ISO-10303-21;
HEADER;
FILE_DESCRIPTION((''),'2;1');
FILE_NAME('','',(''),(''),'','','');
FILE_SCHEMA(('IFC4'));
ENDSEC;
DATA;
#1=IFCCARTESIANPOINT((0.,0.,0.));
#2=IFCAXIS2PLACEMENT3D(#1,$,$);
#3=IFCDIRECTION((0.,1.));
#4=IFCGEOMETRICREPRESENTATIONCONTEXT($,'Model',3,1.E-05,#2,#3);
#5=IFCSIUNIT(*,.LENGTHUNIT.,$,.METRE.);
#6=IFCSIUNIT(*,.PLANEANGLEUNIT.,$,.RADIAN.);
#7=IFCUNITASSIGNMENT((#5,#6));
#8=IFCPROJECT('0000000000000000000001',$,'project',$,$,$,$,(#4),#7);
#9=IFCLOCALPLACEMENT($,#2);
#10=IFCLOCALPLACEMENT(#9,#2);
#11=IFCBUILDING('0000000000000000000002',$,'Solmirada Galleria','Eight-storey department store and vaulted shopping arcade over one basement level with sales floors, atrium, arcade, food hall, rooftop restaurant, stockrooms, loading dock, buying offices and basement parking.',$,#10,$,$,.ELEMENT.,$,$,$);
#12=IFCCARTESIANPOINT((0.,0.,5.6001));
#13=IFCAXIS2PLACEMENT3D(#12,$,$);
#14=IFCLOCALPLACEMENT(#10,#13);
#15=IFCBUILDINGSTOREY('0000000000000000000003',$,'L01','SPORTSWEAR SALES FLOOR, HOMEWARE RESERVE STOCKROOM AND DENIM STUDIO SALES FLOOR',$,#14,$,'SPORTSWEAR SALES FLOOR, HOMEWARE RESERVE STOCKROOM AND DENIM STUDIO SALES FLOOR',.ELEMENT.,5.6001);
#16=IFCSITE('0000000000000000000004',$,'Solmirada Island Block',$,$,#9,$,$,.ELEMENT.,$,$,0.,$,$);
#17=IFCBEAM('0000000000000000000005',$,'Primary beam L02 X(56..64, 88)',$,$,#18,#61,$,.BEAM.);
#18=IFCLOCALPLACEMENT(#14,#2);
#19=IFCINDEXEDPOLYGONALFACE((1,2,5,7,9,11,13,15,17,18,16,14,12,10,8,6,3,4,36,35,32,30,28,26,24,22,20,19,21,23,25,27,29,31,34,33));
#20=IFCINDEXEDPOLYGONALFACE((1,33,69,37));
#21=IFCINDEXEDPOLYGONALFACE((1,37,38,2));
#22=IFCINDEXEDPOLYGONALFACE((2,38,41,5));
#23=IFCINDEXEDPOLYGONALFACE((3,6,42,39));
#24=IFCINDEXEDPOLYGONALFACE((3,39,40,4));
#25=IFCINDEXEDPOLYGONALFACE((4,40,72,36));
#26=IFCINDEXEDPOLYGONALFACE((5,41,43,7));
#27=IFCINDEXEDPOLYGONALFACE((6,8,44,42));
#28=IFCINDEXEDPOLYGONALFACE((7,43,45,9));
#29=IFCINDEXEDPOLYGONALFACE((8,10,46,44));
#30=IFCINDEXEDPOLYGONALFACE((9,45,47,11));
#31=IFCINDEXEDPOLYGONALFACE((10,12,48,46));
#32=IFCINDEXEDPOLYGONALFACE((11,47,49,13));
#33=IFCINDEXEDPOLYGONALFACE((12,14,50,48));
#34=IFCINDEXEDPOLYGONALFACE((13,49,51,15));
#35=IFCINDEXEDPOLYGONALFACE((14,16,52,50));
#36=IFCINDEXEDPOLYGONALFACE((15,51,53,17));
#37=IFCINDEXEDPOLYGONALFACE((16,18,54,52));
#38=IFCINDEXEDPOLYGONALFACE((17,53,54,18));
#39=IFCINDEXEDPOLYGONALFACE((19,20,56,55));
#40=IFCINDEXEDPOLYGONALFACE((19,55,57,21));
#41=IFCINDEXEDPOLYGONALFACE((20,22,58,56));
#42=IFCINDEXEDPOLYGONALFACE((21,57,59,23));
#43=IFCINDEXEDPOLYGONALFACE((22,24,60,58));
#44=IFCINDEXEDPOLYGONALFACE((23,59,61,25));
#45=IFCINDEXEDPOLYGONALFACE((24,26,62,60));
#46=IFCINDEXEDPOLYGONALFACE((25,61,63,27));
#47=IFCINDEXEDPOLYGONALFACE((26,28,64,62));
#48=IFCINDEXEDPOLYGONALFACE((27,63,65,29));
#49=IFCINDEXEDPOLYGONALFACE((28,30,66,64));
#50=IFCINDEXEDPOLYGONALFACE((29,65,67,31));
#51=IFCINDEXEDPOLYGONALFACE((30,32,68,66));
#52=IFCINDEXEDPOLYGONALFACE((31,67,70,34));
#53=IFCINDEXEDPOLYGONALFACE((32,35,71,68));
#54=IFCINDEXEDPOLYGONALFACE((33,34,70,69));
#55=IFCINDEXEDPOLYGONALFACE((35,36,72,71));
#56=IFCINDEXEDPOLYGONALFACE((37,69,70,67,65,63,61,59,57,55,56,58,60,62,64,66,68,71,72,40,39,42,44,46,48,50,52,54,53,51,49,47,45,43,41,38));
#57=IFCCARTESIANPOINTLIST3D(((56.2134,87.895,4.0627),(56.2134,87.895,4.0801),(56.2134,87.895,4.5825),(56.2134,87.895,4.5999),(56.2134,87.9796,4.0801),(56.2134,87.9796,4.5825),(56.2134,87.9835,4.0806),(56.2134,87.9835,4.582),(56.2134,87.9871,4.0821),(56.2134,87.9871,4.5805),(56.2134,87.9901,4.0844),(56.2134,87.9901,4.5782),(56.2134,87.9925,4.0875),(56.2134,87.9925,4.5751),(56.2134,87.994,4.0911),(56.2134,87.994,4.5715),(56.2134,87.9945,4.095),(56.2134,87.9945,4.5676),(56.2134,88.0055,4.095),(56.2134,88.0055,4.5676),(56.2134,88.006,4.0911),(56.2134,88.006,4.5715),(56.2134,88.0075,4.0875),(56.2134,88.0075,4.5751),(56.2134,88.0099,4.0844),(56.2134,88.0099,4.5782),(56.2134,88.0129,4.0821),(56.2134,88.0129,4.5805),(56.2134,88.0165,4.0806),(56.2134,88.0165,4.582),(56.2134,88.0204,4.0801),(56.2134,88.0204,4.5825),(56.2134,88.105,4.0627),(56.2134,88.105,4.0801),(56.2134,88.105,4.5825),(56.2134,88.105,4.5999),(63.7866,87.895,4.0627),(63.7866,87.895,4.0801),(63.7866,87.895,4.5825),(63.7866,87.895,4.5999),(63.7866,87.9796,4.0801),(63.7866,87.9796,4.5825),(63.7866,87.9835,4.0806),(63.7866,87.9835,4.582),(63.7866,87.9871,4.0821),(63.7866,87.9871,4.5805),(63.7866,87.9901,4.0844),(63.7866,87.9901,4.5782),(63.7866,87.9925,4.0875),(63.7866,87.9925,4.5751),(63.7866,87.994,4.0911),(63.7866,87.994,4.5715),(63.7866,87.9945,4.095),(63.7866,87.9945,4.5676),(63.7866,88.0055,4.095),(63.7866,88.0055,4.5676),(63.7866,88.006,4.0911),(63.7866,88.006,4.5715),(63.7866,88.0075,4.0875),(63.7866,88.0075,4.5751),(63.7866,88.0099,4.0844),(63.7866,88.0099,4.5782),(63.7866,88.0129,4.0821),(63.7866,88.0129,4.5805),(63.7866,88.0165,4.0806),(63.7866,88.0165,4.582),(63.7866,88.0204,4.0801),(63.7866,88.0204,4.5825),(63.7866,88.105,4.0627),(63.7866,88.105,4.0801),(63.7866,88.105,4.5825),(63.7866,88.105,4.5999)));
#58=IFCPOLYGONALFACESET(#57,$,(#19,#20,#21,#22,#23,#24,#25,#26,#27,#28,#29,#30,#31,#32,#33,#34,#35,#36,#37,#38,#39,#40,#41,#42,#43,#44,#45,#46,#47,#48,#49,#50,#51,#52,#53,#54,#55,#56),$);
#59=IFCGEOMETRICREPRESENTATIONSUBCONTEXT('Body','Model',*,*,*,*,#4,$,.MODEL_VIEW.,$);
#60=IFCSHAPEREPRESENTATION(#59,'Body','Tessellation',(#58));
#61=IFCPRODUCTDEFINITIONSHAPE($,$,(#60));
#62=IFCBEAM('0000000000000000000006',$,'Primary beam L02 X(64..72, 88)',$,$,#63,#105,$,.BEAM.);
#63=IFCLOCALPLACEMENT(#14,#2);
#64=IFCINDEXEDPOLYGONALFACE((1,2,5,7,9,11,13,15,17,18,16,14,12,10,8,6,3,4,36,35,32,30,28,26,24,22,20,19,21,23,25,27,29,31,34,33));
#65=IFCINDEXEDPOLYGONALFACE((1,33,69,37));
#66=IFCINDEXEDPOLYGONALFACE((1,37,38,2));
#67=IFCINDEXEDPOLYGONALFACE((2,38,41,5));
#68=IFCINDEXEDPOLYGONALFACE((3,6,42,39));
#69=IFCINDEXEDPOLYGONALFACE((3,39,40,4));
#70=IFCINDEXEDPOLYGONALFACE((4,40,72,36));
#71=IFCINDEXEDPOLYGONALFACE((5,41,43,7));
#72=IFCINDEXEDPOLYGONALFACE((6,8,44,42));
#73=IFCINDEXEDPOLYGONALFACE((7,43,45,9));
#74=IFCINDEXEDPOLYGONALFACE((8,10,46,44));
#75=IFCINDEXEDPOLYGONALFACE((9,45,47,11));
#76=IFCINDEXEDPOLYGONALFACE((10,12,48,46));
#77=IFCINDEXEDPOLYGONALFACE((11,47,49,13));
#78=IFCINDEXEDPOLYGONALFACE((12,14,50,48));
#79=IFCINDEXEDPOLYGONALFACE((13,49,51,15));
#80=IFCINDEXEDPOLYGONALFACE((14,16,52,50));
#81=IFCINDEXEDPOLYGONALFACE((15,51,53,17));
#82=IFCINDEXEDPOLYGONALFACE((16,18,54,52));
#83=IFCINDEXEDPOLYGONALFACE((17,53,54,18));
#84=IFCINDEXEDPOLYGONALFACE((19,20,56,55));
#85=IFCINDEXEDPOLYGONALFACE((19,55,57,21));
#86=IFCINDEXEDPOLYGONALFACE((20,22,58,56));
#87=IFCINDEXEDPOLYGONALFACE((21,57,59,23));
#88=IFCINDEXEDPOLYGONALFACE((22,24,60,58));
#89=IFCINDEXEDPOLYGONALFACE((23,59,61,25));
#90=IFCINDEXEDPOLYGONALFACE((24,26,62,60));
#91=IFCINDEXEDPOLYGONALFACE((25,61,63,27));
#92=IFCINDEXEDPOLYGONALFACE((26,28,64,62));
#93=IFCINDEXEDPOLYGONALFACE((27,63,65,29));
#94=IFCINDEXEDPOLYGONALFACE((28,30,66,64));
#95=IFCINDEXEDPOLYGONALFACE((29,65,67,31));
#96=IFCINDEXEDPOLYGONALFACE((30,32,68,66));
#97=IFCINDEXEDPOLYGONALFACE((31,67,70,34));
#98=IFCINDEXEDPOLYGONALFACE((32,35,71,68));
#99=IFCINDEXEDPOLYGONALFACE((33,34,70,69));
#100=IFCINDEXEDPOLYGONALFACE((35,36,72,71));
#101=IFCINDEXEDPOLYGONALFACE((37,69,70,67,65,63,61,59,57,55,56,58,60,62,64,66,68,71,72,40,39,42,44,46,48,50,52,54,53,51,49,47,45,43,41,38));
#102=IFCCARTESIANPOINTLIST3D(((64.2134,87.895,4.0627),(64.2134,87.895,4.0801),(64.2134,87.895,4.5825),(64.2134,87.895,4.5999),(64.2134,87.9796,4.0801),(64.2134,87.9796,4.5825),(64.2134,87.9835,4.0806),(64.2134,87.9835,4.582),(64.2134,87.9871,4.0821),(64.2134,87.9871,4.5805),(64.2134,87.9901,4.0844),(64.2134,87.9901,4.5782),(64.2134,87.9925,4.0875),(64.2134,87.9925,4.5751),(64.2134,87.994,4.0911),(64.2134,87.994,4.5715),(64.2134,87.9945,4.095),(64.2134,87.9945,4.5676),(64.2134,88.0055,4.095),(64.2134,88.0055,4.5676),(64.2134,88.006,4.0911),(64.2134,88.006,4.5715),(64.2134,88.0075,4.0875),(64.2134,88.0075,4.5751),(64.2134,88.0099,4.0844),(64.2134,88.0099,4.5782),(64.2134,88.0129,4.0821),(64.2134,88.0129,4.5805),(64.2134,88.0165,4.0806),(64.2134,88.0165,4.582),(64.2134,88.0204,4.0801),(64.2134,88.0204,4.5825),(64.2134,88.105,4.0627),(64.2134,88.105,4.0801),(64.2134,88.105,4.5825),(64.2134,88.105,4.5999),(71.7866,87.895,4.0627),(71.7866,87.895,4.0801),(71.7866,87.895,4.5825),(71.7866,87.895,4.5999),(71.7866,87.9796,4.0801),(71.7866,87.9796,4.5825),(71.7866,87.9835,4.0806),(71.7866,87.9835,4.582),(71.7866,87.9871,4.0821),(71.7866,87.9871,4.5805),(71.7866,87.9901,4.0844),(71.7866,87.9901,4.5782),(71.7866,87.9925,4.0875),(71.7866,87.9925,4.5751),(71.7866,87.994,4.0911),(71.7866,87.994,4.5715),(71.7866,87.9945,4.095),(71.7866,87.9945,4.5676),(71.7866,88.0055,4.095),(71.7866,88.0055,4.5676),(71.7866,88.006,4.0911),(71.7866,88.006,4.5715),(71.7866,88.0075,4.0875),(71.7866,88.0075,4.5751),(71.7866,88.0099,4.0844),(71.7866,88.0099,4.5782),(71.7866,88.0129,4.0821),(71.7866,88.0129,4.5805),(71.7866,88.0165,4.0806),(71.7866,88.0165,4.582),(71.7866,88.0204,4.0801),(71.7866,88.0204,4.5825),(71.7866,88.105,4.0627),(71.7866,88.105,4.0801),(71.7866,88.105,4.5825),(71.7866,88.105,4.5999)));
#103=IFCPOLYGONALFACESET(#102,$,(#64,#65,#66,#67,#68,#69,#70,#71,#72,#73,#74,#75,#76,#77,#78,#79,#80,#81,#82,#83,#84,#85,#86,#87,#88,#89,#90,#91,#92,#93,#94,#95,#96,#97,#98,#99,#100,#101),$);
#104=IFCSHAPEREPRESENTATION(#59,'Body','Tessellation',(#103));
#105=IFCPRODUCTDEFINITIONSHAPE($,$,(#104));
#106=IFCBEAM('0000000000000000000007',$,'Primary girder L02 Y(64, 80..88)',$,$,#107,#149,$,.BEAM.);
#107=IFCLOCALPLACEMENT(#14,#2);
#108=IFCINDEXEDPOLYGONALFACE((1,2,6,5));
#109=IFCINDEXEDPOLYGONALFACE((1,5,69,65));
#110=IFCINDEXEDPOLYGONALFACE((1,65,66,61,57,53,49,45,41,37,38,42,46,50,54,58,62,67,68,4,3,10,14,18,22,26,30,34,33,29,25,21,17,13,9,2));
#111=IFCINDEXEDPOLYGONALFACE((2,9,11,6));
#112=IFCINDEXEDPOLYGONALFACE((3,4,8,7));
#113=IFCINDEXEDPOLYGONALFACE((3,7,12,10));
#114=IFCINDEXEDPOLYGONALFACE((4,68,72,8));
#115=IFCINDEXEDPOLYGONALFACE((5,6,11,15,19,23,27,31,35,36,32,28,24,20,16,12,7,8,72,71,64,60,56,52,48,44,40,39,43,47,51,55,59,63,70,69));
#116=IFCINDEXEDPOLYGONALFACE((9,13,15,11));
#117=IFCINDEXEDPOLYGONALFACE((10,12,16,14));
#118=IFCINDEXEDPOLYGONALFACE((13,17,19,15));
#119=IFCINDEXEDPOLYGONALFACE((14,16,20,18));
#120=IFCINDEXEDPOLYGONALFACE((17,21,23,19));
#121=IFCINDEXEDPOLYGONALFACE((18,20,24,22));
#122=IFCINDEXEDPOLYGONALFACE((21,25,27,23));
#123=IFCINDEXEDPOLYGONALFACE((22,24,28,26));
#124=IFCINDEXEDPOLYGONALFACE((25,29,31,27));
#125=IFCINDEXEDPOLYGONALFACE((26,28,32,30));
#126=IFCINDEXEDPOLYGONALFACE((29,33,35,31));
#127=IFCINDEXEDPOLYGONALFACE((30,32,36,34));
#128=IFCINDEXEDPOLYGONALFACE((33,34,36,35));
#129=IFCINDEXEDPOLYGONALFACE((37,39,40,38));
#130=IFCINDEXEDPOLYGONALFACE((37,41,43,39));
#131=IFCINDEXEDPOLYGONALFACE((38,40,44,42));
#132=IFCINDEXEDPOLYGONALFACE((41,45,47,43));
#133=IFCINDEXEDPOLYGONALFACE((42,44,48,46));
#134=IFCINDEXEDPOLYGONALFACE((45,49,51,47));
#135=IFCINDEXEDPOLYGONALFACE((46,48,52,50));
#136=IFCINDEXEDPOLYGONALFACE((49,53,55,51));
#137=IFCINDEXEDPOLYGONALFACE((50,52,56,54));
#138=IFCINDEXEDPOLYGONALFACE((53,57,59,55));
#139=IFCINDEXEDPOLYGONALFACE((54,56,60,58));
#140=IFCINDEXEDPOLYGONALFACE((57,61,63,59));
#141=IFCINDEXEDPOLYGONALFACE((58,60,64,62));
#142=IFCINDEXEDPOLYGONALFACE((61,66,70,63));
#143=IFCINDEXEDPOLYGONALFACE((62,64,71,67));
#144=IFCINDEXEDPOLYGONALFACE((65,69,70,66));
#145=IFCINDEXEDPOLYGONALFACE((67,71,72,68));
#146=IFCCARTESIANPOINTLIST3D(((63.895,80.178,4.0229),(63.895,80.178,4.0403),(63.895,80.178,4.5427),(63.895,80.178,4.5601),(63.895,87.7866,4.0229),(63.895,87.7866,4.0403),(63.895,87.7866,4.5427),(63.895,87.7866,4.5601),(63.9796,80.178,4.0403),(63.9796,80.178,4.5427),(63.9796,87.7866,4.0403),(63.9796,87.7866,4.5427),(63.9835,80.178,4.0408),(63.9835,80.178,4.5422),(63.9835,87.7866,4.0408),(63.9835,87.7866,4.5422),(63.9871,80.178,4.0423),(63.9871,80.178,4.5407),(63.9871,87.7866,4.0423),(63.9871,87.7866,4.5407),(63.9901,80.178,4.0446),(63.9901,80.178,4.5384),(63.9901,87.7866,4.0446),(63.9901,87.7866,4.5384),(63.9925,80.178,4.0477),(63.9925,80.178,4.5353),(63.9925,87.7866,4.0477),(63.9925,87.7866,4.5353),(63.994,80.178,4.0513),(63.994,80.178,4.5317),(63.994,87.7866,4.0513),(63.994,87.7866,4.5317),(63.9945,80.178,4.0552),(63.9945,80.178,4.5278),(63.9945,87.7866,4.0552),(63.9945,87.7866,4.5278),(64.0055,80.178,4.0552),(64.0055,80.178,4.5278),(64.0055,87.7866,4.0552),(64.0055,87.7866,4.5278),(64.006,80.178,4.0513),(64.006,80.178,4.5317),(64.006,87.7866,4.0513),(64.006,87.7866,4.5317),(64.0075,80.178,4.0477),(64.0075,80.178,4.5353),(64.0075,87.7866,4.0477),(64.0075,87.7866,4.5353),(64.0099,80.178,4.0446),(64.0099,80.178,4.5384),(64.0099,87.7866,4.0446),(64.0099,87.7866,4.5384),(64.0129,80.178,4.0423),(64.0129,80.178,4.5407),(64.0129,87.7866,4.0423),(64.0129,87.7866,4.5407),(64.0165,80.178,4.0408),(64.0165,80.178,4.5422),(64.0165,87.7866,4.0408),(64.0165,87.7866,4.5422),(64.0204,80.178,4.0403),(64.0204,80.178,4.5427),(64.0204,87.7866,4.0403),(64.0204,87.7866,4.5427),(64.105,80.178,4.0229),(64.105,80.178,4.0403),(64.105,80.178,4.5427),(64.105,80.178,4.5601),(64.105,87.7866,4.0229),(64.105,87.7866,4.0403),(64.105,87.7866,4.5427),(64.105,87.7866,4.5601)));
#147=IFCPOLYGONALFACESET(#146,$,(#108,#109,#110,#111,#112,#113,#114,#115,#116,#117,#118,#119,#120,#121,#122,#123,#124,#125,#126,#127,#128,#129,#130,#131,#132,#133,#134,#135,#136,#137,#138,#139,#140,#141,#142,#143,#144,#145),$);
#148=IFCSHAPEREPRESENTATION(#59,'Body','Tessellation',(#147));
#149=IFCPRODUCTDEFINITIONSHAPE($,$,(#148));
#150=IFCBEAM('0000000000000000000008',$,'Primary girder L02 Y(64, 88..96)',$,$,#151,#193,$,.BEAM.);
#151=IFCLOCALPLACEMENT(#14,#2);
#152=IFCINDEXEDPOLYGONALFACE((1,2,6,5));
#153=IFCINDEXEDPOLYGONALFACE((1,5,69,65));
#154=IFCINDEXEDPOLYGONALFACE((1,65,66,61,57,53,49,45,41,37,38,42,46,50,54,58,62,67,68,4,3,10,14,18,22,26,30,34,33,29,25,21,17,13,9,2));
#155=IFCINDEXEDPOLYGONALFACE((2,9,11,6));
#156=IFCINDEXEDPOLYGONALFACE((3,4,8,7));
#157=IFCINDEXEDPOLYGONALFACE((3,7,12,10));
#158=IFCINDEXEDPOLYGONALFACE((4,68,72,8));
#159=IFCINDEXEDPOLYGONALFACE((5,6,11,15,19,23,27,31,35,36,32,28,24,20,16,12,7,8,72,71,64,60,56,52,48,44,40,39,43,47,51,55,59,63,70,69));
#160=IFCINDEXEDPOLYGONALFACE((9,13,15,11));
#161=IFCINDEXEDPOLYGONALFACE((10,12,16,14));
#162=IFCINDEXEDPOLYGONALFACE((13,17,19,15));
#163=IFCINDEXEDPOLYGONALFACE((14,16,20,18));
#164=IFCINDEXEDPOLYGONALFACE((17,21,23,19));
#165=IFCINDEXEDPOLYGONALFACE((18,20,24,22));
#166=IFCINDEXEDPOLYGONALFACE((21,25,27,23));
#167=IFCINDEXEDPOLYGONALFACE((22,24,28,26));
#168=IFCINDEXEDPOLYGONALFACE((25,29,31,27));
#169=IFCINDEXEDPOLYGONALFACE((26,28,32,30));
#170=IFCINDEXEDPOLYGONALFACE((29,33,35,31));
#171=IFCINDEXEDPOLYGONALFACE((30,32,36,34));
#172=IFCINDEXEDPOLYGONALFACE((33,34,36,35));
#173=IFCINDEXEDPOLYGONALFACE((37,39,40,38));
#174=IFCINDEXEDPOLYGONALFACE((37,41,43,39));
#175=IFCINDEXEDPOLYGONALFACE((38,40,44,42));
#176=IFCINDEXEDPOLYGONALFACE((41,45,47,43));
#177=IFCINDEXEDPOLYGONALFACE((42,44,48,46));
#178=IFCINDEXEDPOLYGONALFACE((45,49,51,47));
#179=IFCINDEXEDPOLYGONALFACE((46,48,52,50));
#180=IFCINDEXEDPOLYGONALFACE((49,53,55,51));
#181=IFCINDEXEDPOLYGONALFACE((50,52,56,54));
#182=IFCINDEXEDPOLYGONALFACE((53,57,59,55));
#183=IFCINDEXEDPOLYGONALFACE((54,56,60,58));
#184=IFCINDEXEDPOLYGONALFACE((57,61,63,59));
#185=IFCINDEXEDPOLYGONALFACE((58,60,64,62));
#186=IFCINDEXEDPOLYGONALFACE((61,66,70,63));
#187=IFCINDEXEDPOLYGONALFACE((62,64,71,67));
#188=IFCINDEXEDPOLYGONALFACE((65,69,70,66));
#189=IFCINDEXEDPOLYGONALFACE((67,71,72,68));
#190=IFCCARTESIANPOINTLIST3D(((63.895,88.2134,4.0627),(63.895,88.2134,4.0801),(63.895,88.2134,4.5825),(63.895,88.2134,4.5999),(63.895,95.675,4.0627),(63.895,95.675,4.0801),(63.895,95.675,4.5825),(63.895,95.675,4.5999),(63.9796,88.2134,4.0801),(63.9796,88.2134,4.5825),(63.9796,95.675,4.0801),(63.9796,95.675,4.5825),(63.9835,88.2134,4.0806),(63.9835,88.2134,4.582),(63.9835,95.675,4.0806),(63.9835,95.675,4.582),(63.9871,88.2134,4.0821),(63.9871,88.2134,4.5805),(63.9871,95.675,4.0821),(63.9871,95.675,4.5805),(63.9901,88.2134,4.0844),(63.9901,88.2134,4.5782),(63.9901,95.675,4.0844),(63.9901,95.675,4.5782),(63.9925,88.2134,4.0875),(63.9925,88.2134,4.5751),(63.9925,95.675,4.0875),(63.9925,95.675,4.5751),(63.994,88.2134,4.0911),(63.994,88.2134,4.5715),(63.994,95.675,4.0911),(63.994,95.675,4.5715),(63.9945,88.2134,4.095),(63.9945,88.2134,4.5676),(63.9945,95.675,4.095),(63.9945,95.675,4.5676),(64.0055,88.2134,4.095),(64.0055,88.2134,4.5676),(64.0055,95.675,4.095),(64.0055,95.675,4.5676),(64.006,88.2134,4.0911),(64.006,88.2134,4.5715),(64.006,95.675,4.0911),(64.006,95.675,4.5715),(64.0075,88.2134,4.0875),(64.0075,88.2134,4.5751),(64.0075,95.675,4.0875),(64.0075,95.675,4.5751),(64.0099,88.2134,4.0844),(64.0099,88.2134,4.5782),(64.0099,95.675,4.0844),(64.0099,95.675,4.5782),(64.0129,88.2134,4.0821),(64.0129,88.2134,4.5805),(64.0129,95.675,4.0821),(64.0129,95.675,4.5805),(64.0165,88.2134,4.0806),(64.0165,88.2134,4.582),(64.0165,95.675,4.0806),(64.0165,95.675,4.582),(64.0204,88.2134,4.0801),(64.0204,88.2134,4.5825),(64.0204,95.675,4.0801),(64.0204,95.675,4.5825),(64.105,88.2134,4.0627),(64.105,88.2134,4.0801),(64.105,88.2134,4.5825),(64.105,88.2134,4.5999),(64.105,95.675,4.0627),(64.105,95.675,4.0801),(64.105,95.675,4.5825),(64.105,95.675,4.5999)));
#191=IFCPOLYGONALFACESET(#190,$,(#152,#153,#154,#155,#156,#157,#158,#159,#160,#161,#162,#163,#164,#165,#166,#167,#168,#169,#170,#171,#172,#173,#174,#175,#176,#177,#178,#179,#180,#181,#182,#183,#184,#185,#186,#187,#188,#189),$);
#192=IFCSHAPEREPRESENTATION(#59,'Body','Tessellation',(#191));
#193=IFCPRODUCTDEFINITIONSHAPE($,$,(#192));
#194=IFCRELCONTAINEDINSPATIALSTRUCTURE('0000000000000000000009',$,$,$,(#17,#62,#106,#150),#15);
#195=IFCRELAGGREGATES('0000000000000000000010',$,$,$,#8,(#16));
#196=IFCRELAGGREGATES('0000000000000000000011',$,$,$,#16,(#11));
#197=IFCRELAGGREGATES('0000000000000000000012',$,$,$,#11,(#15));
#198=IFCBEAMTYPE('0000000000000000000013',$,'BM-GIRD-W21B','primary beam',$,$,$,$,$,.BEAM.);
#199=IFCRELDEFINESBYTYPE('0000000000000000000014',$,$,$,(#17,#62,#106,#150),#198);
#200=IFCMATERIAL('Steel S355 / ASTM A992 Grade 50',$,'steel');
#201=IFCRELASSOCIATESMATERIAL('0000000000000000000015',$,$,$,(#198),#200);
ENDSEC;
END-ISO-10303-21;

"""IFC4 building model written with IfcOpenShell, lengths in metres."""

from ifc_helpers import new_model, si_unit, direction, frame, origin, origin_2d, place, context, subcontext, project, spatial, i_section, extrude, material, material_profile, profile_set, type_object, element, save


model = new_model("IFC4")

# Units and contexts
model_context = context("Model", 3, precision=1e-05, world=origin(), true_north=direction((0.0, 1.0)))
body_context = subcontext(model_context, "Body", "Model", "MODEL_VIEW")
ifc_project = project(units=[si_unit("LENGTHUNIT", "METRE"), si_unit("PLANEANGLEUNIT", "RADIAN")], contexts=[model_context])

# Site, building, storey
site_placement = place(None, origin())
site = spatial("IfcSite", under=ifc_project, at=site_placement, Name="Solmirada Island Block", CompositionType="ELEMENT", RefElevation=0.0)
building_placement = place(site_placement, origin())
building = spatial("IfcBuilding", under=site, at=building_placement, Name="Solmirada Galleria", Description="Eight-storey department store and vaulted shopping arcade over one basement level with sales floors, atrium, arcade, food hall, rooftop restaurant, stockrooms, loading dock, buying offices and basement parking.", CompositionType="ELEMENT")
storey_placement = place(building_placement, frame((0.0, 0.0, 5.6001)))
storey = spatial("IfcBuildingStorey", under=building, at=storey_placement, Name="L01", Description="SPORTSWEAR SALES FLOOR, HOMEWARE RESERVE STOCKROOM AND DENIM STUDIO SALES FLOOR", LongName="SPORTSWEAR SALES FLOOR, HOMEWARE RESERVE STOCKROOM AND DENIM STUDIO SALES FLOOR", CompositionType="ELEMENT", Elevation=5.6001)

# Beams
ifc_material_1 = material(Name="Steel S355 / ASTM A992 Grade 50", Category="steel")
ifc_material_profile_1 = material_profile(ifc_material_1, i_section(OverallWidth=0.21, OverallDepth=0.5371, WebThickness=0.011, FlangeThickness=0.0173, FilletRadius=0.0149, at=origin_2d()), Name="W21X68")
ifc_profile_set_1 = profile_set([ifc_material_profile_1], Name="Steel S355 / ASTM A992 Grade 50")
beam_type_1 = type_object("IfcBeamType", Name="BM-GIRD-W21B", Description="primary beam", PredefinedType="BEAM", material=ifc_profile_set_1)
for number, where, z_axis, x_axis, name in (
    (1, (56.2134, 88.0, 4.3313), (1.0, 0.0, 0.0), (0.0, 1.0, 0.0), "Primary beam L02 X(56..64, 88)"),
    (2, (64.2134, 88.0, 4.3313), (1.0, 0.0, 0.0), (0.0, 1.0, 0.0), "Primary beam L02 X(64..72, 88)"),
):
    element("IfcBeam", number, at=place(storey_placement, frame(where, z_axis=z_axis, x_axis=x_axis)), inside=storey, type_object=beam_type_1, Name=name, PredefinedType="BEAM", context=body_context, shape_type="SweptSolid", body=[
        extrude(i_section(OverallWidth=0.21, OverallDepth=0.5371, WebThickness=0.011, FlangeThickness=0.0173, FilletRadius=0.0149, at=origin_2d()), origin(), (0.0, 0.0, 1.0), 7.5732),
    ])
beam_1_placement = place(storey_placement, frame((64.0, 80.178, 4.2915), z_axis=(0.0, 1.0, 0.0), x_axis=(-1.0, 0.0, 0.0)))
element("IfcBeam", 3, at=beam_1_placement, inside=storey, type_object=beam_type_1, Name="Primary girder L02 Y(64, 80..88)", PredefinedType="BEAM", context=body_context, shape_type="SweptSolid", body=[
    extrude(i_section(OverallWidth=0.21, OverallDepth=0.5371, WebThickness=0.011, FlangeThickness=0.0173, FilletRadius=0.0149, at=origin_2d()), origin(), (0.0, 0.0, 1.0), 7.6086),
])
beam_2_placement = place(storey_placement, frame((64.0, 88.2134, 4.3313), z_axis=(0.0, 1.0, 0.0), x_axis=(-1.0, 0.0, 0.0)))
element("IfcBeam", 4, at=beam_2_placement, inside=storey, type_object=beam_type_1, Name="Primary girder L02 Y(64, 88..96)", PredefinedType="BEAM", context=body_context, shape_type="SweptSolid", body=[
    extrude(i_section(OverallWidth=0.21, OverallDepth=0.5371, WebThickness=0.011, FlangeThickness=0.0173, FilletRadius=0.0149, at=origin_2d()), origin(), (0.0, 0.0, 1.0), 7.4617),
])

save(model, "model.ifc")
